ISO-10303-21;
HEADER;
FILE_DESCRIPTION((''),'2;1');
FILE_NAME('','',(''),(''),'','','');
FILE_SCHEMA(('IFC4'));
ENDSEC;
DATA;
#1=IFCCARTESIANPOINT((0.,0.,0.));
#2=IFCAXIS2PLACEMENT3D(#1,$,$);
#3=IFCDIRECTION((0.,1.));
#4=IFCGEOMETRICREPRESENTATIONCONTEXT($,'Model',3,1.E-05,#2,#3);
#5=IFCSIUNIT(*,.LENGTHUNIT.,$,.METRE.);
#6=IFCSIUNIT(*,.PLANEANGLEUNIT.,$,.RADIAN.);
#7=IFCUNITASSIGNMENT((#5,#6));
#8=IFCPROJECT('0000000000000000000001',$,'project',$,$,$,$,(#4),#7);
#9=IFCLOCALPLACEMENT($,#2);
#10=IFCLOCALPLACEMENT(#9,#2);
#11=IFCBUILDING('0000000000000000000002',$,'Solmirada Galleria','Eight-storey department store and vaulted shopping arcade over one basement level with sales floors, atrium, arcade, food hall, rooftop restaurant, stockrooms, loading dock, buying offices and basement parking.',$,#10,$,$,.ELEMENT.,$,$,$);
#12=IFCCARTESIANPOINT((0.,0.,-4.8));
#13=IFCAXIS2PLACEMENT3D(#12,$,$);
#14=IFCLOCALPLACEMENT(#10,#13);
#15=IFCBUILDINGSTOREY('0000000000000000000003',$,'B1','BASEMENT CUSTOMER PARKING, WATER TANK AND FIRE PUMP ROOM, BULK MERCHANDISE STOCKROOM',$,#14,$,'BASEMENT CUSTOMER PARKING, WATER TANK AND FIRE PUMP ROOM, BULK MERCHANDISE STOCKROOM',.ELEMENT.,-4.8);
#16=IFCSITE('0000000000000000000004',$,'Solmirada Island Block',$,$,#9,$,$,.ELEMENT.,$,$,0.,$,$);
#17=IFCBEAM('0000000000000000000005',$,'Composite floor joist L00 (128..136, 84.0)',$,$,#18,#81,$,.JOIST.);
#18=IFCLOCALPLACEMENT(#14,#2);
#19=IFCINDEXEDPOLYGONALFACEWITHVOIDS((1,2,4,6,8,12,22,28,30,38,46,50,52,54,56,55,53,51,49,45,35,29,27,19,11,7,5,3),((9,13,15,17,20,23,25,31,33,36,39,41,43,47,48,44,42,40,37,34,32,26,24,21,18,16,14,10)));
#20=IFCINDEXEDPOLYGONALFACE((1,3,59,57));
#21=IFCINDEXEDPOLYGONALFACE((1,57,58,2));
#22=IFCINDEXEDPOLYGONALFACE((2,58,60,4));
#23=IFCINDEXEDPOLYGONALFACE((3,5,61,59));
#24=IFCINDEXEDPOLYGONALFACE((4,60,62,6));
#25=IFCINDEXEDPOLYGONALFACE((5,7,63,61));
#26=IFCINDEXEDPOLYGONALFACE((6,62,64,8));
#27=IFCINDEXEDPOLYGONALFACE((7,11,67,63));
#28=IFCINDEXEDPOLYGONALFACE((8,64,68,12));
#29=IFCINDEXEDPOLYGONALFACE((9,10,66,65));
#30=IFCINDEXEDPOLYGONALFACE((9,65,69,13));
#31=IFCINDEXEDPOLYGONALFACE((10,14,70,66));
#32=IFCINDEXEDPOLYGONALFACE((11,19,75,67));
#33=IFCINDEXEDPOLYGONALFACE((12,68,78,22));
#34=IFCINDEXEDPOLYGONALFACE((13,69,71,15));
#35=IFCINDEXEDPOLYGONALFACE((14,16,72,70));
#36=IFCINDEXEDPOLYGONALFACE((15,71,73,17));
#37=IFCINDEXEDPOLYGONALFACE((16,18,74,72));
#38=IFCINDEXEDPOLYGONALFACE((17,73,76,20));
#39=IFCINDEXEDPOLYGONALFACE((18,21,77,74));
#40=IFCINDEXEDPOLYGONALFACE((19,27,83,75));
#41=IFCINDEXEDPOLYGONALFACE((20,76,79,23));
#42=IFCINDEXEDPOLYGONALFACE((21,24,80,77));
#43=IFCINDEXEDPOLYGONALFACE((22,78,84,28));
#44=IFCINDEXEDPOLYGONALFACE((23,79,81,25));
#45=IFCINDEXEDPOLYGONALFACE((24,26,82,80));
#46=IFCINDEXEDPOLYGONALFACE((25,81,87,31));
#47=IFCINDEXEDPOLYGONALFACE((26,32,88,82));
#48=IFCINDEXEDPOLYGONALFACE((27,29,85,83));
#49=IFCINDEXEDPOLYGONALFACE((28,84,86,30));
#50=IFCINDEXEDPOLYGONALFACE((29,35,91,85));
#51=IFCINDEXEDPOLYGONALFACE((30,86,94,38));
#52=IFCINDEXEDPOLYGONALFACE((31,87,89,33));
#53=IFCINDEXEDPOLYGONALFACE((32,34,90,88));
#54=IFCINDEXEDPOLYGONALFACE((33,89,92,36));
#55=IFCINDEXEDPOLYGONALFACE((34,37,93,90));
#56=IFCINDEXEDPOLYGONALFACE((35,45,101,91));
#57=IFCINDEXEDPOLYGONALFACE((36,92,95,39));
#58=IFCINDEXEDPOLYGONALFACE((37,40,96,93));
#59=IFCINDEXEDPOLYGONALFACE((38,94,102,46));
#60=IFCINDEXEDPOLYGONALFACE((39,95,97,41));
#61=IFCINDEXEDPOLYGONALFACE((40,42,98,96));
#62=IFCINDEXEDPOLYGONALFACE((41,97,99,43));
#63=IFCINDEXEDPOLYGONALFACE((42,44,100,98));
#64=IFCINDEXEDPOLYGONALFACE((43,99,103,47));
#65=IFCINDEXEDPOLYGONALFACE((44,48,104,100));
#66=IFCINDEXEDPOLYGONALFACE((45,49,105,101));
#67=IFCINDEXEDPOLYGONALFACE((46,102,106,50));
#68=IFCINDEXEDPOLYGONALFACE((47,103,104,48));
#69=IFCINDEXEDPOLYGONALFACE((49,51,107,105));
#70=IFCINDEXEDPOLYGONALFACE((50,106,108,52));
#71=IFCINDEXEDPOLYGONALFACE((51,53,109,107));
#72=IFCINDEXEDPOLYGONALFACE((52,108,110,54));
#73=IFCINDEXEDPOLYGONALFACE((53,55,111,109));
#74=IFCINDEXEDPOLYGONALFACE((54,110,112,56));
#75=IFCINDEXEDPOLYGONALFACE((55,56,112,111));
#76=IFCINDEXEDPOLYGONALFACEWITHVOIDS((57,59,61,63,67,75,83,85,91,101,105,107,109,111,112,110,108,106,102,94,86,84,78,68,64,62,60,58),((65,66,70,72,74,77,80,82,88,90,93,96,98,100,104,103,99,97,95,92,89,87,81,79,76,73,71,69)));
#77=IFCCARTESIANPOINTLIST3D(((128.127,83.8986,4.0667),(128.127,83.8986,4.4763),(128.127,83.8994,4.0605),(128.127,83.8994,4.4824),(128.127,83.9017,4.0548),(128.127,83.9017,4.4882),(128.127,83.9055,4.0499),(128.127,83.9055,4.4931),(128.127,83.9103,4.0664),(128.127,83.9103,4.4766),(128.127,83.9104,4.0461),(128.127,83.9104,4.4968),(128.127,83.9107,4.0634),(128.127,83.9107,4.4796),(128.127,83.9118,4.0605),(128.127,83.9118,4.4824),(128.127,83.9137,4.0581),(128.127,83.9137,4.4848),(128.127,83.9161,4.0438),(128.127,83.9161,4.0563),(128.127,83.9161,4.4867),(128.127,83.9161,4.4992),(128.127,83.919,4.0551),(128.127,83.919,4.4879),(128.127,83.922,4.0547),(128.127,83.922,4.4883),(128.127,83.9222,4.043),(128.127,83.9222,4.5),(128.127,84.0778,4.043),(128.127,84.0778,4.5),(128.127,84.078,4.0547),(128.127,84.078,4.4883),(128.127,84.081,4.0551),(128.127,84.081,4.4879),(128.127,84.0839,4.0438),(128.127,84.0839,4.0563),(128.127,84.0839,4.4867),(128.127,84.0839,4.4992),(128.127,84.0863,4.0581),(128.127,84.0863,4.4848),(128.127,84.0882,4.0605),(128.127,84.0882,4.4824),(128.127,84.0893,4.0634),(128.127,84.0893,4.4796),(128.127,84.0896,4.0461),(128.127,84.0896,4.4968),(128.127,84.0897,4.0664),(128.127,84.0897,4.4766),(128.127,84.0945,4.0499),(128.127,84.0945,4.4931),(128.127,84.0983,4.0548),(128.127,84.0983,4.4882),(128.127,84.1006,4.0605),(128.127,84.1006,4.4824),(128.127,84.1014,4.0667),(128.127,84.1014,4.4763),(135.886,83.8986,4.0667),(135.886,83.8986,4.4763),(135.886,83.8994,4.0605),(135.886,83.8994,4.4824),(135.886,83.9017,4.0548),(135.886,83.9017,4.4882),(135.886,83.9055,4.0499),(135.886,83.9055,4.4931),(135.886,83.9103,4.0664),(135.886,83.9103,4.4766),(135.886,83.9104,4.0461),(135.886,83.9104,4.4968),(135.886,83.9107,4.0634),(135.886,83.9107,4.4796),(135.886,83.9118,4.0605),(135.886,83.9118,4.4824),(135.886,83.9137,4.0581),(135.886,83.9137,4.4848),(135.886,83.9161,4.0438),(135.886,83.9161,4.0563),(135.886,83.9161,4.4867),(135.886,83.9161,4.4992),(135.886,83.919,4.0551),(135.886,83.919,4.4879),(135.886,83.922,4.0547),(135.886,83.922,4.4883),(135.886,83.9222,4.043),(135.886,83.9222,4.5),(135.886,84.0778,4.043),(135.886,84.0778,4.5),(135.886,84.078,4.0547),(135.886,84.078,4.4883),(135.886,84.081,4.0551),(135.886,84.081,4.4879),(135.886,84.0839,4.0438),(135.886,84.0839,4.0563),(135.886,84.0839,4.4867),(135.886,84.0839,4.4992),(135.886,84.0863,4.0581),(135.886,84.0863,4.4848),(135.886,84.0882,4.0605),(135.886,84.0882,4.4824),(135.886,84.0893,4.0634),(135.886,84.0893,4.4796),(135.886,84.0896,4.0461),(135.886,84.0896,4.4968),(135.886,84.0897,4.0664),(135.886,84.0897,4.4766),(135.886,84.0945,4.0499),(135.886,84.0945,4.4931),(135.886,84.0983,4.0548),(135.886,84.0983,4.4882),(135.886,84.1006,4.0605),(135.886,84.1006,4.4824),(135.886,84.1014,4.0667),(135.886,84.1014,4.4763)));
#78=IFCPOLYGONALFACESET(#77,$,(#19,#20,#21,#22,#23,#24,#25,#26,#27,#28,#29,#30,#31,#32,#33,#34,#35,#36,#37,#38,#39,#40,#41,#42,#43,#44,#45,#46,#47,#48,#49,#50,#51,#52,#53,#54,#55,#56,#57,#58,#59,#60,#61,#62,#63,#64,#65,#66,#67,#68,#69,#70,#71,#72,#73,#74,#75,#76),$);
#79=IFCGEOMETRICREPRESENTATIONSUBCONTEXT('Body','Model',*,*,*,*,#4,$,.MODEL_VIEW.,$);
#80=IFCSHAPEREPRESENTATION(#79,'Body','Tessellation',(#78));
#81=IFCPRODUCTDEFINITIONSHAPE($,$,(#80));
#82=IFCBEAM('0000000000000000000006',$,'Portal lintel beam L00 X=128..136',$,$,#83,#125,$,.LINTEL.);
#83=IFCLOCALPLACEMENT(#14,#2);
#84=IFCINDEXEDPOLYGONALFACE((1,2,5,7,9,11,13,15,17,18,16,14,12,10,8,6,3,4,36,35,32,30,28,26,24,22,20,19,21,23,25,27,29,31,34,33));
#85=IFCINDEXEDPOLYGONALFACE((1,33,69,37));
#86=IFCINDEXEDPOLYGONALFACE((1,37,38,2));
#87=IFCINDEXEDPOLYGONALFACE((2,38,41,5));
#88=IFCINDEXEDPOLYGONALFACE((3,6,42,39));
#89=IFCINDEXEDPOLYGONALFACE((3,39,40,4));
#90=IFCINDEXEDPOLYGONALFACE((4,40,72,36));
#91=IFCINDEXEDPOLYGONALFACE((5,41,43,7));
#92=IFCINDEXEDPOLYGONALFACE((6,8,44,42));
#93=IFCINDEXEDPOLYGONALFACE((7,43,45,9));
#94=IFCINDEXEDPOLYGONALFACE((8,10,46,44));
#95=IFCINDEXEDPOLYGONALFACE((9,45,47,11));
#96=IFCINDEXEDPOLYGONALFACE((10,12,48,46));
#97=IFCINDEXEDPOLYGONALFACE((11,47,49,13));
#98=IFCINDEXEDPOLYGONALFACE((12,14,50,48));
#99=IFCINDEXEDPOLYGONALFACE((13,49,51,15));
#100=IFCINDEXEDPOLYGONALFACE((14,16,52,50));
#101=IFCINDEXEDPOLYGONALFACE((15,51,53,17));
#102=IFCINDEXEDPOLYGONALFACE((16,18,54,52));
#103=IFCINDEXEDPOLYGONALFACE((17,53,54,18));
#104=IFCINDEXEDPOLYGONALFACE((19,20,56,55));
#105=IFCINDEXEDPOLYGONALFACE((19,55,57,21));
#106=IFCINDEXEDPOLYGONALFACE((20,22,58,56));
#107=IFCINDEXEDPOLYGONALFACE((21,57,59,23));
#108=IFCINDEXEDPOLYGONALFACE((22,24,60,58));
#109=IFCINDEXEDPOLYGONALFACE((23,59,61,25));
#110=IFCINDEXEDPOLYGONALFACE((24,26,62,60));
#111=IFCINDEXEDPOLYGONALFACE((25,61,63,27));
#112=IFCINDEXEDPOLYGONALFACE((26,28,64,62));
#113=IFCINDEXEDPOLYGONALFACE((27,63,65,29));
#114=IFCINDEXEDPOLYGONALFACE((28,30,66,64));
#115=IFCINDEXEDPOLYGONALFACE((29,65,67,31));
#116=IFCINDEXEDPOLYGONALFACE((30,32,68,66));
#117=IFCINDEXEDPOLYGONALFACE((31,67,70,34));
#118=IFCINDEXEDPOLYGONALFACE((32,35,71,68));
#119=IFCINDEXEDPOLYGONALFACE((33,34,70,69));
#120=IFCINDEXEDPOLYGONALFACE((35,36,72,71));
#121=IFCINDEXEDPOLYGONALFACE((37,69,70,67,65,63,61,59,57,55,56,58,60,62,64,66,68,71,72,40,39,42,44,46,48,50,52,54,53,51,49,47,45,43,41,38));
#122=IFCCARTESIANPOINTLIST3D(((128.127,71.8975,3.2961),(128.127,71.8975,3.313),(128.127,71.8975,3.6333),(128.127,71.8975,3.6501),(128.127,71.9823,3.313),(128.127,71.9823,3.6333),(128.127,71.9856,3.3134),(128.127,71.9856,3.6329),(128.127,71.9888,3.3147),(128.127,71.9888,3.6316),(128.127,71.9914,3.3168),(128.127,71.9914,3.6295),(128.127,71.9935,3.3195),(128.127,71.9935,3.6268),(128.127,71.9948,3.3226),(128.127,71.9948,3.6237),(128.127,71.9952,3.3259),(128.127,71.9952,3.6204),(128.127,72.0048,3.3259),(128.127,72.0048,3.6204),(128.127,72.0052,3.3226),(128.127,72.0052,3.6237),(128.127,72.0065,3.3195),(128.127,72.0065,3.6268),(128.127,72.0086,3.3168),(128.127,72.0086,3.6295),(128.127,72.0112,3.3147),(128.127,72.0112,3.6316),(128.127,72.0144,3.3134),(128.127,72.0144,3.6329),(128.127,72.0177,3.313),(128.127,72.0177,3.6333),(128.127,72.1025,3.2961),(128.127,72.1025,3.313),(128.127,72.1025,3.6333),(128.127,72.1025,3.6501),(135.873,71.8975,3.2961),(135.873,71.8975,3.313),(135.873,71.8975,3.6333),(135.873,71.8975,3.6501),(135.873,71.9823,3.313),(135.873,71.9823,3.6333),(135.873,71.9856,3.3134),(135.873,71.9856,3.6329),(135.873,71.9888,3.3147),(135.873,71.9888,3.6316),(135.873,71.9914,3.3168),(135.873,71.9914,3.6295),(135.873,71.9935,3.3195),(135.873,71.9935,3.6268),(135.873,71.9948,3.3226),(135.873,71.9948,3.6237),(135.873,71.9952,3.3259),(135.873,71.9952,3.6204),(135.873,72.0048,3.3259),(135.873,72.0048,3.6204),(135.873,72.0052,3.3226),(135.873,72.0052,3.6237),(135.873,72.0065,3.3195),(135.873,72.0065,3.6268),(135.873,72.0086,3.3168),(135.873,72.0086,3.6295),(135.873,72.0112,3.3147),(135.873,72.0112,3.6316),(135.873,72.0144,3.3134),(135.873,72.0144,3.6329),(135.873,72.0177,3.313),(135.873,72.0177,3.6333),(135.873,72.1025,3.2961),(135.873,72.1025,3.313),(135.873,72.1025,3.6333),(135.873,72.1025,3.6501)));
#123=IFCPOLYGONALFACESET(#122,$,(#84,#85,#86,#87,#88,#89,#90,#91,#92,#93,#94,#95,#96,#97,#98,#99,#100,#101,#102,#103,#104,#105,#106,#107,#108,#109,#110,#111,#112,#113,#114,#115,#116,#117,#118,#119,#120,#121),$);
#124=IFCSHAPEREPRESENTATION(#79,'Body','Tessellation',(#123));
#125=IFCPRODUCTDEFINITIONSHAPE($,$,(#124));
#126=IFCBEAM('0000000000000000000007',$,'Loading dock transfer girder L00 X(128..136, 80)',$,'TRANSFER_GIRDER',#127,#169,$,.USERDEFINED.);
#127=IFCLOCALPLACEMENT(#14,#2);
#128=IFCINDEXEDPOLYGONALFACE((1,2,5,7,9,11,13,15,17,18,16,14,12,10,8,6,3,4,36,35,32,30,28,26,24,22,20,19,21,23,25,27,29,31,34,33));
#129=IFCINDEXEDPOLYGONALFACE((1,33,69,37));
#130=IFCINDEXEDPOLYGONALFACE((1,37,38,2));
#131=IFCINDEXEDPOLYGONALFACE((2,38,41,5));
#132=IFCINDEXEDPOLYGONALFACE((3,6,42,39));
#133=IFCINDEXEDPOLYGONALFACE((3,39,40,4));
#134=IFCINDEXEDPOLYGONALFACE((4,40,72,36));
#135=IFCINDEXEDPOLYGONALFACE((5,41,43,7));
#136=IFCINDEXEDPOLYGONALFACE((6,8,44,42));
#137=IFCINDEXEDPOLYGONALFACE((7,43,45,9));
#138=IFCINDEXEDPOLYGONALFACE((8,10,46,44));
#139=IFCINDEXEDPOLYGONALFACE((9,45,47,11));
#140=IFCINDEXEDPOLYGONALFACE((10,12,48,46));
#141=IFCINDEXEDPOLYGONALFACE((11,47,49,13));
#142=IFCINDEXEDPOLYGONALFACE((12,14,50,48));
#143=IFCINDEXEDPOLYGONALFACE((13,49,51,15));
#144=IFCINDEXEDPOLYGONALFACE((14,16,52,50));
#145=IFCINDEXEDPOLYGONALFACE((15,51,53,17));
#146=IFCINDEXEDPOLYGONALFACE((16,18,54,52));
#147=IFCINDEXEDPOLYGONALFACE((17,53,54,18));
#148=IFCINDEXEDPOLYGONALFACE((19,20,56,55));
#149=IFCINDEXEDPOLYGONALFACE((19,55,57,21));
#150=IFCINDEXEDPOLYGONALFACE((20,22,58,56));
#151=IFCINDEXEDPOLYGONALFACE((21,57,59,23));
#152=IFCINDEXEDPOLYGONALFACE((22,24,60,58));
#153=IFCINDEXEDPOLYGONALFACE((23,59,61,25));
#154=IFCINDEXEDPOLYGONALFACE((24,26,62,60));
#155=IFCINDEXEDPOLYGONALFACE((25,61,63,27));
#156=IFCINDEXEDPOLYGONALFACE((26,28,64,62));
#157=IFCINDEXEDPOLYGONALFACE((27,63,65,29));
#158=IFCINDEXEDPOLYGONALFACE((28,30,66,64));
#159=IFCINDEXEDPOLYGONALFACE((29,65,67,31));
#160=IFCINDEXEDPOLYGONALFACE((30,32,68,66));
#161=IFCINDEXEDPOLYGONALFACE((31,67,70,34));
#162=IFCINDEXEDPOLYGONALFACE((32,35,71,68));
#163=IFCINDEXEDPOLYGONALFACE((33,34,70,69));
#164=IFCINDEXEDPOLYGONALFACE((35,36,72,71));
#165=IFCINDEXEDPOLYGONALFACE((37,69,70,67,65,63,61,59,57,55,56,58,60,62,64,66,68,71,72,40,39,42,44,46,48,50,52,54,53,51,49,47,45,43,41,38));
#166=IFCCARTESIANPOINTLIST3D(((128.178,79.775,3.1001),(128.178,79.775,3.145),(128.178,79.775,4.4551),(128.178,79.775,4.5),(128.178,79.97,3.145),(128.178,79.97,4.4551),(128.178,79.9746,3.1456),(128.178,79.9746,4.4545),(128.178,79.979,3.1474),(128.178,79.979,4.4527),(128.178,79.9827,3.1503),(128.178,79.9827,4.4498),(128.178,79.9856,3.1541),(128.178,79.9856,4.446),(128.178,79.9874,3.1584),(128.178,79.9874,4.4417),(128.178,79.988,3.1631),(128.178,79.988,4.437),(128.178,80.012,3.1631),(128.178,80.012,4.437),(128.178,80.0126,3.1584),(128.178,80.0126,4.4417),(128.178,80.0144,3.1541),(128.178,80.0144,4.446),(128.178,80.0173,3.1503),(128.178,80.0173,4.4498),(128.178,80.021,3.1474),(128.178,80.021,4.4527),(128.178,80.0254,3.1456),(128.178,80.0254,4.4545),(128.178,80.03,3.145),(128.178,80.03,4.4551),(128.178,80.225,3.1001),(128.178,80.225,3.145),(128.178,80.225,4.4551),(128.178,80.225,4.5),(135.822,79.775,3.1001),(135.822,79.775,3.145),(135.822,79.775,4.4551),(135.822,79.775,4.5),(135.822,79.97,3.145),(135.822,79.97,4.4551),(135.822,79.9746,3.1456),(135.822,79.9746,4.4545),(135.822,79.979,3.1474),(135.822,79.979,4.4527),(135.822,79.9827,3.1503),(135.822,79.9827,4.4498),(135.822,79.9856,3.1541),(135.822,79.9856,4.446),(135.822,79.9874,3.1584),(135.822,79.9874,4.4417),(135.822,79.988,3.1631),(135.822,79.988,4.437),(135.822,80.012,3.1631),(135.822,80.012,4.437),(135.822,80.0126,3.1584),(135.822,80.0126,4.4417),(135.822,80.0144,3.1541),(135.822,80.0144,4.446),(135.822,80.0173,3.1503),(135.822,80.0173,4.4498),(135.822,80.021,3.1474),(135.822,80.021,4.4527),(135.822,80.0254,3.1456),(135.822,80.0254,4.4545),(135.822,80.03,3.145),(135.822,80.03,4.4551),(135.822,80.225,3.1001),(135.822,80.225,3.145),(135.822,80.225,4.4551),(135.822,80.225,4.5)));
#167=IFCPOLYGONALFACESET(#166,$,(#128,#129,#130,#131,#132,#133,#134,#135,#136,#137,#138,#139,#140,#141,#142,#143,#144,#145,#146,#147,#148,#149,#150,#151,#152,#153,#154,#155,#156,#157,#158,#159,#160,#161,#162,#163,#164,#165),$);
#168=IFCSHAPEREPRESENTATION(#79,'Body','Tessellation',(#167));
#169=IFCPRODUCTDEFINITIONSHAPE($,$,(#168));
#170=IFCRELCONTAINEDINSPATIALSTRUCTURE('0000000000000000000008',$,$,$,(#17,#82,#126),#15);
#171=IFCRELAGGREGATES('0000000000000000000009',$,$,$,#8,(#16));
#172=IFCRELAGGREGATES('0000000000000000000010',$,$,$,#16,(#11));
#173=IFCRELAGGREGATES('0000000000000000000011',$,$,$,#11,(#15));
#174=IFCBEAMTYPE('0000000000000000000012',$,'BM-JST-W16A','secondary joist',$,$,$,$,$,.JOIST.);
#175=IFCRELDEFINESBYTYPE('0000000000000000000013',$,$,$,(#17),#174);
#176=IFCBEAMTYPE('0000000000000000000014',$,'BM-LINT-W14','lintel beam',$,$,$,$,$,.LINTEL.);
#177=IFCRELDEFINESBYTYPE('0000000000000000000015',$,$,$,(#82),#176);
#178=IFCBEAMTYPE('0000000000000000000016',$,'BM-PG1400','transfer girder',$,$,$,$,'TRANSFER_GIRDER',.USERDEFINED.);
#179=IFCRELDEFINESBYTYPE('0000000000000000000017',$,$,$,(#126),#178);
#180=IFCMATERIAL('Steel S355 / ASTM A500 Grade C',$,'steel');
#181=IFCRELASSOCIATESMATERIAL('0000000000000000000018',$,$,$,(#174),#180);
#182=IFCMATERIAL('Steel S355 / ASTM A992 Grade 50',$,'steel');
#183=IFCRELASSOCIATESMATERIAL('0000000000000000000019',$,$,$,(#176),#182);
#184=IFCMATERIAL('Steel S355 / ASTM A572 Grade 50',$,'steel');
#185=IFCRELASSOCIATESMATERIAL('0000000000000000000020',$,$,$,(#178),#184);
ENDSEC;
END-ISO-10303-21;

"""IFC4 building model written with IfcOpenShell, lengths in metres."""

from ifc_helpers import new_model, si_unit, direction, frame, origin, origin_2d, place, context, subcontext, project, spatial, hollow_rectangle, i_section, extrude, material, material_profile, profile_set, type_object, element, save


model = new_model("IFC4")

# Units and contexts
model_context = context("Model", 3, precision=1e-05, world=origin(), true_north=direction((0.0, 1.0)))
body_context = subcontext(model_context, "Body", "Model", "MODEL_VIEW")
ifc_project = project(units=[si_unit("LENGTHUNIT", "METRE"), si_unit("PLANEANGLEUNIT", "RADIAN")], contexts=[model_context])

# Site, building, storey
site_placement = place(None, origin())
site = spatial("IfcSite", under=ifc_project, at=site_placement, Name="Solmirada Island Block", CompositionType="ELEMENT", RefElevation=0.0)
building_placement = place(site_placement, origin())
building = spatial("IfcBuilding", under=site, at=building_placement, Name="Solmirada Galleria", Description="Eight-storey department store and vaulted shopping arcade over one basement level with sales floors, atrium, arcade, food hall, rooftop restaurant, stockrooms, loading dock, buying offices and basement parking.", CompositionType="ELEMENT")
storey_placement = place(building_placement, frame((0.0, 0.0, -4.8)))
storey = spatial("IfcBuildingStorey", under=building, at=storey_placement, Name="B1", Description="BASEMENT CUSTOMER PARKING, WATER TANK AND FIRE PUMP ROOM, BULK MERCHANDISE STOCKROOM", LongName="BASEMENT CUSTOMER PARKING, WATER TANK AND FIRE PUMP ROOM, BULK MERCHANDISE STOCKROOM", CompositionType="ELEMENT", Elevation=-4.8)

# Shared definitions
ifc_material_1 = material(Name="Steel S355 / ASTM A500 Grade C", Category="steel")

# Beams
ifc_material_2 = material(Name="Steel S355 / ASTM A992 Grade 50", Category="steel")
ifc_material_profile_1 = material_profile(ifc_material_1, hollow_rectangle(XDim=0.2029, YDim=0.457, WallThickness=0.0117, InnerFilletRadius=0.0117, OuterFilletRadius=0.0237, at=origin_2d()), Name="HSS18X8X1/2")
ifc_profile_set_1 = profile_set([ifc_material_profile_1], Name="Steel S355 / ASTM A500 Grade C")
beam_type_1 = type_object("IfcBeamType", Name="BM-JST-W16A", Description="secondary joist", PredefinedType="JOIST", material=ifc_profile_set_1)
beam_1_placement = place(storey_placement, frame((128.127, 84.0, 4.2715), z_axis=(1.0, 0.0, 0.0), x_axis=(0.0, 1.0, 0.0)))
element("IfcBeam", 1, at=beam_1_placement, inside=storey, type_object=beam_type_1, Name="Composite floor joist L00 (128..136, 84.0)", PredefinedType="JOIST", context=body_context, shape_type="SweptSolid", body=[
    extrude(hollow_rectangle(XDim=0.2029, YDim=0.457, WallThickness=0.0117, InnerFilletRadius=0.0117, OuterFilletRadius=0.0237, at=origin_2d()), origin(), (0.0, 0.0, 1.0), 7.759),
])
ifc_material_profile_2 = material_profile(ifc_material_2, i_section(OverallWidth=0.2051, OverallDepth=0.354, WebThickness=0.0095, FlangeThickness=0.0168, FilletRadius=0.0129, at=origin_2d()), Name="W14X53")
ifc_profile_set_2 = profile_set([ifc_material_profile_2], Name="Steel S355 / ASTM A992 Grade 50")
beam_type_2 = type_object("IfcBeamType", Name="BM-LINT-W14", Description="lintel beam", PredefinedType="LINTEL", material=ifc_profile_set_2)
beam_2_placement = place(storey_placement, frame((128.127, 72.0, 3.4731), z_axis=(1.0, 0.0, 0.0), x_axis=(0.0, 1.0, 0.0)))
element("IfcBeam", 2, at=beam_2_placement, inside=storey, type_object=beam_type_2, Name="Portal lintel beam L00 X=128..136", PredefinedType="LINTEL", context=body_context, shape_type="SweptSolid", body=[
    extrude(i_section(OverallWidth=0.2051, OverallDepth=0.354, WebThickness=0.0095, FlangeThickness=0.0168, FilletRadius=0.0129, at=origin_2d()), origin(), (0.0, 0.0, 1.0), 7.7461),
])
ifc_material_3 = material(Name="Steel S355 / ASTM A572 Grade 50", Category="steel")
ifc_material_profile_3 = material_profile(ifc_material_3, i_section(OverallWidth=0.45, OverallDepth=1.3999, WebThickness=0.0239, FlangeThickness=0.0449, FilletRadius=0.0181, at=origin_2d()), Name="PG1400X450")
ifc_profile_set_3 = profile_set([ifc_material_profile_3], Name="Steel S355 / ASTM A572 Grade 50")
beam_type_3 = type_object("IfcBeamType", Name="BM-PG1400", Description="transfer girder", ElementType="TRANSFER_GIRDER", PredefinedType="USERDEFINED", material=ifc_profile_set_3)
beam_3_placement = place(storey_placement, frame((128.178, 80.0, 3.8), z_axis=(1.0, 0.0, 0.0), x_axis=(0.0, 1.0, 0.0)))
element("IfcBeam", 3, at=beam_3_placement, inside=storey, type_object=beam_type_3, Name="Loading dock transfer girder L00 X(128..136, 80)", ObjectType="TRANSFER_GIRDER", PredefinedType="USERDEFINED", context=body_context, shape_type="SweptSolid", body=[
    extrude(i_section(OverallWidth=0.45, OverallDepth=1.3999, WebThickness=0.0239, FlangeThickness=0.0449, FilletRadius=0.0181, at=origin_2d()), origin(), (0.0, 0.0, 1.0), 7.644),
])

save(model, "model.ifc")
